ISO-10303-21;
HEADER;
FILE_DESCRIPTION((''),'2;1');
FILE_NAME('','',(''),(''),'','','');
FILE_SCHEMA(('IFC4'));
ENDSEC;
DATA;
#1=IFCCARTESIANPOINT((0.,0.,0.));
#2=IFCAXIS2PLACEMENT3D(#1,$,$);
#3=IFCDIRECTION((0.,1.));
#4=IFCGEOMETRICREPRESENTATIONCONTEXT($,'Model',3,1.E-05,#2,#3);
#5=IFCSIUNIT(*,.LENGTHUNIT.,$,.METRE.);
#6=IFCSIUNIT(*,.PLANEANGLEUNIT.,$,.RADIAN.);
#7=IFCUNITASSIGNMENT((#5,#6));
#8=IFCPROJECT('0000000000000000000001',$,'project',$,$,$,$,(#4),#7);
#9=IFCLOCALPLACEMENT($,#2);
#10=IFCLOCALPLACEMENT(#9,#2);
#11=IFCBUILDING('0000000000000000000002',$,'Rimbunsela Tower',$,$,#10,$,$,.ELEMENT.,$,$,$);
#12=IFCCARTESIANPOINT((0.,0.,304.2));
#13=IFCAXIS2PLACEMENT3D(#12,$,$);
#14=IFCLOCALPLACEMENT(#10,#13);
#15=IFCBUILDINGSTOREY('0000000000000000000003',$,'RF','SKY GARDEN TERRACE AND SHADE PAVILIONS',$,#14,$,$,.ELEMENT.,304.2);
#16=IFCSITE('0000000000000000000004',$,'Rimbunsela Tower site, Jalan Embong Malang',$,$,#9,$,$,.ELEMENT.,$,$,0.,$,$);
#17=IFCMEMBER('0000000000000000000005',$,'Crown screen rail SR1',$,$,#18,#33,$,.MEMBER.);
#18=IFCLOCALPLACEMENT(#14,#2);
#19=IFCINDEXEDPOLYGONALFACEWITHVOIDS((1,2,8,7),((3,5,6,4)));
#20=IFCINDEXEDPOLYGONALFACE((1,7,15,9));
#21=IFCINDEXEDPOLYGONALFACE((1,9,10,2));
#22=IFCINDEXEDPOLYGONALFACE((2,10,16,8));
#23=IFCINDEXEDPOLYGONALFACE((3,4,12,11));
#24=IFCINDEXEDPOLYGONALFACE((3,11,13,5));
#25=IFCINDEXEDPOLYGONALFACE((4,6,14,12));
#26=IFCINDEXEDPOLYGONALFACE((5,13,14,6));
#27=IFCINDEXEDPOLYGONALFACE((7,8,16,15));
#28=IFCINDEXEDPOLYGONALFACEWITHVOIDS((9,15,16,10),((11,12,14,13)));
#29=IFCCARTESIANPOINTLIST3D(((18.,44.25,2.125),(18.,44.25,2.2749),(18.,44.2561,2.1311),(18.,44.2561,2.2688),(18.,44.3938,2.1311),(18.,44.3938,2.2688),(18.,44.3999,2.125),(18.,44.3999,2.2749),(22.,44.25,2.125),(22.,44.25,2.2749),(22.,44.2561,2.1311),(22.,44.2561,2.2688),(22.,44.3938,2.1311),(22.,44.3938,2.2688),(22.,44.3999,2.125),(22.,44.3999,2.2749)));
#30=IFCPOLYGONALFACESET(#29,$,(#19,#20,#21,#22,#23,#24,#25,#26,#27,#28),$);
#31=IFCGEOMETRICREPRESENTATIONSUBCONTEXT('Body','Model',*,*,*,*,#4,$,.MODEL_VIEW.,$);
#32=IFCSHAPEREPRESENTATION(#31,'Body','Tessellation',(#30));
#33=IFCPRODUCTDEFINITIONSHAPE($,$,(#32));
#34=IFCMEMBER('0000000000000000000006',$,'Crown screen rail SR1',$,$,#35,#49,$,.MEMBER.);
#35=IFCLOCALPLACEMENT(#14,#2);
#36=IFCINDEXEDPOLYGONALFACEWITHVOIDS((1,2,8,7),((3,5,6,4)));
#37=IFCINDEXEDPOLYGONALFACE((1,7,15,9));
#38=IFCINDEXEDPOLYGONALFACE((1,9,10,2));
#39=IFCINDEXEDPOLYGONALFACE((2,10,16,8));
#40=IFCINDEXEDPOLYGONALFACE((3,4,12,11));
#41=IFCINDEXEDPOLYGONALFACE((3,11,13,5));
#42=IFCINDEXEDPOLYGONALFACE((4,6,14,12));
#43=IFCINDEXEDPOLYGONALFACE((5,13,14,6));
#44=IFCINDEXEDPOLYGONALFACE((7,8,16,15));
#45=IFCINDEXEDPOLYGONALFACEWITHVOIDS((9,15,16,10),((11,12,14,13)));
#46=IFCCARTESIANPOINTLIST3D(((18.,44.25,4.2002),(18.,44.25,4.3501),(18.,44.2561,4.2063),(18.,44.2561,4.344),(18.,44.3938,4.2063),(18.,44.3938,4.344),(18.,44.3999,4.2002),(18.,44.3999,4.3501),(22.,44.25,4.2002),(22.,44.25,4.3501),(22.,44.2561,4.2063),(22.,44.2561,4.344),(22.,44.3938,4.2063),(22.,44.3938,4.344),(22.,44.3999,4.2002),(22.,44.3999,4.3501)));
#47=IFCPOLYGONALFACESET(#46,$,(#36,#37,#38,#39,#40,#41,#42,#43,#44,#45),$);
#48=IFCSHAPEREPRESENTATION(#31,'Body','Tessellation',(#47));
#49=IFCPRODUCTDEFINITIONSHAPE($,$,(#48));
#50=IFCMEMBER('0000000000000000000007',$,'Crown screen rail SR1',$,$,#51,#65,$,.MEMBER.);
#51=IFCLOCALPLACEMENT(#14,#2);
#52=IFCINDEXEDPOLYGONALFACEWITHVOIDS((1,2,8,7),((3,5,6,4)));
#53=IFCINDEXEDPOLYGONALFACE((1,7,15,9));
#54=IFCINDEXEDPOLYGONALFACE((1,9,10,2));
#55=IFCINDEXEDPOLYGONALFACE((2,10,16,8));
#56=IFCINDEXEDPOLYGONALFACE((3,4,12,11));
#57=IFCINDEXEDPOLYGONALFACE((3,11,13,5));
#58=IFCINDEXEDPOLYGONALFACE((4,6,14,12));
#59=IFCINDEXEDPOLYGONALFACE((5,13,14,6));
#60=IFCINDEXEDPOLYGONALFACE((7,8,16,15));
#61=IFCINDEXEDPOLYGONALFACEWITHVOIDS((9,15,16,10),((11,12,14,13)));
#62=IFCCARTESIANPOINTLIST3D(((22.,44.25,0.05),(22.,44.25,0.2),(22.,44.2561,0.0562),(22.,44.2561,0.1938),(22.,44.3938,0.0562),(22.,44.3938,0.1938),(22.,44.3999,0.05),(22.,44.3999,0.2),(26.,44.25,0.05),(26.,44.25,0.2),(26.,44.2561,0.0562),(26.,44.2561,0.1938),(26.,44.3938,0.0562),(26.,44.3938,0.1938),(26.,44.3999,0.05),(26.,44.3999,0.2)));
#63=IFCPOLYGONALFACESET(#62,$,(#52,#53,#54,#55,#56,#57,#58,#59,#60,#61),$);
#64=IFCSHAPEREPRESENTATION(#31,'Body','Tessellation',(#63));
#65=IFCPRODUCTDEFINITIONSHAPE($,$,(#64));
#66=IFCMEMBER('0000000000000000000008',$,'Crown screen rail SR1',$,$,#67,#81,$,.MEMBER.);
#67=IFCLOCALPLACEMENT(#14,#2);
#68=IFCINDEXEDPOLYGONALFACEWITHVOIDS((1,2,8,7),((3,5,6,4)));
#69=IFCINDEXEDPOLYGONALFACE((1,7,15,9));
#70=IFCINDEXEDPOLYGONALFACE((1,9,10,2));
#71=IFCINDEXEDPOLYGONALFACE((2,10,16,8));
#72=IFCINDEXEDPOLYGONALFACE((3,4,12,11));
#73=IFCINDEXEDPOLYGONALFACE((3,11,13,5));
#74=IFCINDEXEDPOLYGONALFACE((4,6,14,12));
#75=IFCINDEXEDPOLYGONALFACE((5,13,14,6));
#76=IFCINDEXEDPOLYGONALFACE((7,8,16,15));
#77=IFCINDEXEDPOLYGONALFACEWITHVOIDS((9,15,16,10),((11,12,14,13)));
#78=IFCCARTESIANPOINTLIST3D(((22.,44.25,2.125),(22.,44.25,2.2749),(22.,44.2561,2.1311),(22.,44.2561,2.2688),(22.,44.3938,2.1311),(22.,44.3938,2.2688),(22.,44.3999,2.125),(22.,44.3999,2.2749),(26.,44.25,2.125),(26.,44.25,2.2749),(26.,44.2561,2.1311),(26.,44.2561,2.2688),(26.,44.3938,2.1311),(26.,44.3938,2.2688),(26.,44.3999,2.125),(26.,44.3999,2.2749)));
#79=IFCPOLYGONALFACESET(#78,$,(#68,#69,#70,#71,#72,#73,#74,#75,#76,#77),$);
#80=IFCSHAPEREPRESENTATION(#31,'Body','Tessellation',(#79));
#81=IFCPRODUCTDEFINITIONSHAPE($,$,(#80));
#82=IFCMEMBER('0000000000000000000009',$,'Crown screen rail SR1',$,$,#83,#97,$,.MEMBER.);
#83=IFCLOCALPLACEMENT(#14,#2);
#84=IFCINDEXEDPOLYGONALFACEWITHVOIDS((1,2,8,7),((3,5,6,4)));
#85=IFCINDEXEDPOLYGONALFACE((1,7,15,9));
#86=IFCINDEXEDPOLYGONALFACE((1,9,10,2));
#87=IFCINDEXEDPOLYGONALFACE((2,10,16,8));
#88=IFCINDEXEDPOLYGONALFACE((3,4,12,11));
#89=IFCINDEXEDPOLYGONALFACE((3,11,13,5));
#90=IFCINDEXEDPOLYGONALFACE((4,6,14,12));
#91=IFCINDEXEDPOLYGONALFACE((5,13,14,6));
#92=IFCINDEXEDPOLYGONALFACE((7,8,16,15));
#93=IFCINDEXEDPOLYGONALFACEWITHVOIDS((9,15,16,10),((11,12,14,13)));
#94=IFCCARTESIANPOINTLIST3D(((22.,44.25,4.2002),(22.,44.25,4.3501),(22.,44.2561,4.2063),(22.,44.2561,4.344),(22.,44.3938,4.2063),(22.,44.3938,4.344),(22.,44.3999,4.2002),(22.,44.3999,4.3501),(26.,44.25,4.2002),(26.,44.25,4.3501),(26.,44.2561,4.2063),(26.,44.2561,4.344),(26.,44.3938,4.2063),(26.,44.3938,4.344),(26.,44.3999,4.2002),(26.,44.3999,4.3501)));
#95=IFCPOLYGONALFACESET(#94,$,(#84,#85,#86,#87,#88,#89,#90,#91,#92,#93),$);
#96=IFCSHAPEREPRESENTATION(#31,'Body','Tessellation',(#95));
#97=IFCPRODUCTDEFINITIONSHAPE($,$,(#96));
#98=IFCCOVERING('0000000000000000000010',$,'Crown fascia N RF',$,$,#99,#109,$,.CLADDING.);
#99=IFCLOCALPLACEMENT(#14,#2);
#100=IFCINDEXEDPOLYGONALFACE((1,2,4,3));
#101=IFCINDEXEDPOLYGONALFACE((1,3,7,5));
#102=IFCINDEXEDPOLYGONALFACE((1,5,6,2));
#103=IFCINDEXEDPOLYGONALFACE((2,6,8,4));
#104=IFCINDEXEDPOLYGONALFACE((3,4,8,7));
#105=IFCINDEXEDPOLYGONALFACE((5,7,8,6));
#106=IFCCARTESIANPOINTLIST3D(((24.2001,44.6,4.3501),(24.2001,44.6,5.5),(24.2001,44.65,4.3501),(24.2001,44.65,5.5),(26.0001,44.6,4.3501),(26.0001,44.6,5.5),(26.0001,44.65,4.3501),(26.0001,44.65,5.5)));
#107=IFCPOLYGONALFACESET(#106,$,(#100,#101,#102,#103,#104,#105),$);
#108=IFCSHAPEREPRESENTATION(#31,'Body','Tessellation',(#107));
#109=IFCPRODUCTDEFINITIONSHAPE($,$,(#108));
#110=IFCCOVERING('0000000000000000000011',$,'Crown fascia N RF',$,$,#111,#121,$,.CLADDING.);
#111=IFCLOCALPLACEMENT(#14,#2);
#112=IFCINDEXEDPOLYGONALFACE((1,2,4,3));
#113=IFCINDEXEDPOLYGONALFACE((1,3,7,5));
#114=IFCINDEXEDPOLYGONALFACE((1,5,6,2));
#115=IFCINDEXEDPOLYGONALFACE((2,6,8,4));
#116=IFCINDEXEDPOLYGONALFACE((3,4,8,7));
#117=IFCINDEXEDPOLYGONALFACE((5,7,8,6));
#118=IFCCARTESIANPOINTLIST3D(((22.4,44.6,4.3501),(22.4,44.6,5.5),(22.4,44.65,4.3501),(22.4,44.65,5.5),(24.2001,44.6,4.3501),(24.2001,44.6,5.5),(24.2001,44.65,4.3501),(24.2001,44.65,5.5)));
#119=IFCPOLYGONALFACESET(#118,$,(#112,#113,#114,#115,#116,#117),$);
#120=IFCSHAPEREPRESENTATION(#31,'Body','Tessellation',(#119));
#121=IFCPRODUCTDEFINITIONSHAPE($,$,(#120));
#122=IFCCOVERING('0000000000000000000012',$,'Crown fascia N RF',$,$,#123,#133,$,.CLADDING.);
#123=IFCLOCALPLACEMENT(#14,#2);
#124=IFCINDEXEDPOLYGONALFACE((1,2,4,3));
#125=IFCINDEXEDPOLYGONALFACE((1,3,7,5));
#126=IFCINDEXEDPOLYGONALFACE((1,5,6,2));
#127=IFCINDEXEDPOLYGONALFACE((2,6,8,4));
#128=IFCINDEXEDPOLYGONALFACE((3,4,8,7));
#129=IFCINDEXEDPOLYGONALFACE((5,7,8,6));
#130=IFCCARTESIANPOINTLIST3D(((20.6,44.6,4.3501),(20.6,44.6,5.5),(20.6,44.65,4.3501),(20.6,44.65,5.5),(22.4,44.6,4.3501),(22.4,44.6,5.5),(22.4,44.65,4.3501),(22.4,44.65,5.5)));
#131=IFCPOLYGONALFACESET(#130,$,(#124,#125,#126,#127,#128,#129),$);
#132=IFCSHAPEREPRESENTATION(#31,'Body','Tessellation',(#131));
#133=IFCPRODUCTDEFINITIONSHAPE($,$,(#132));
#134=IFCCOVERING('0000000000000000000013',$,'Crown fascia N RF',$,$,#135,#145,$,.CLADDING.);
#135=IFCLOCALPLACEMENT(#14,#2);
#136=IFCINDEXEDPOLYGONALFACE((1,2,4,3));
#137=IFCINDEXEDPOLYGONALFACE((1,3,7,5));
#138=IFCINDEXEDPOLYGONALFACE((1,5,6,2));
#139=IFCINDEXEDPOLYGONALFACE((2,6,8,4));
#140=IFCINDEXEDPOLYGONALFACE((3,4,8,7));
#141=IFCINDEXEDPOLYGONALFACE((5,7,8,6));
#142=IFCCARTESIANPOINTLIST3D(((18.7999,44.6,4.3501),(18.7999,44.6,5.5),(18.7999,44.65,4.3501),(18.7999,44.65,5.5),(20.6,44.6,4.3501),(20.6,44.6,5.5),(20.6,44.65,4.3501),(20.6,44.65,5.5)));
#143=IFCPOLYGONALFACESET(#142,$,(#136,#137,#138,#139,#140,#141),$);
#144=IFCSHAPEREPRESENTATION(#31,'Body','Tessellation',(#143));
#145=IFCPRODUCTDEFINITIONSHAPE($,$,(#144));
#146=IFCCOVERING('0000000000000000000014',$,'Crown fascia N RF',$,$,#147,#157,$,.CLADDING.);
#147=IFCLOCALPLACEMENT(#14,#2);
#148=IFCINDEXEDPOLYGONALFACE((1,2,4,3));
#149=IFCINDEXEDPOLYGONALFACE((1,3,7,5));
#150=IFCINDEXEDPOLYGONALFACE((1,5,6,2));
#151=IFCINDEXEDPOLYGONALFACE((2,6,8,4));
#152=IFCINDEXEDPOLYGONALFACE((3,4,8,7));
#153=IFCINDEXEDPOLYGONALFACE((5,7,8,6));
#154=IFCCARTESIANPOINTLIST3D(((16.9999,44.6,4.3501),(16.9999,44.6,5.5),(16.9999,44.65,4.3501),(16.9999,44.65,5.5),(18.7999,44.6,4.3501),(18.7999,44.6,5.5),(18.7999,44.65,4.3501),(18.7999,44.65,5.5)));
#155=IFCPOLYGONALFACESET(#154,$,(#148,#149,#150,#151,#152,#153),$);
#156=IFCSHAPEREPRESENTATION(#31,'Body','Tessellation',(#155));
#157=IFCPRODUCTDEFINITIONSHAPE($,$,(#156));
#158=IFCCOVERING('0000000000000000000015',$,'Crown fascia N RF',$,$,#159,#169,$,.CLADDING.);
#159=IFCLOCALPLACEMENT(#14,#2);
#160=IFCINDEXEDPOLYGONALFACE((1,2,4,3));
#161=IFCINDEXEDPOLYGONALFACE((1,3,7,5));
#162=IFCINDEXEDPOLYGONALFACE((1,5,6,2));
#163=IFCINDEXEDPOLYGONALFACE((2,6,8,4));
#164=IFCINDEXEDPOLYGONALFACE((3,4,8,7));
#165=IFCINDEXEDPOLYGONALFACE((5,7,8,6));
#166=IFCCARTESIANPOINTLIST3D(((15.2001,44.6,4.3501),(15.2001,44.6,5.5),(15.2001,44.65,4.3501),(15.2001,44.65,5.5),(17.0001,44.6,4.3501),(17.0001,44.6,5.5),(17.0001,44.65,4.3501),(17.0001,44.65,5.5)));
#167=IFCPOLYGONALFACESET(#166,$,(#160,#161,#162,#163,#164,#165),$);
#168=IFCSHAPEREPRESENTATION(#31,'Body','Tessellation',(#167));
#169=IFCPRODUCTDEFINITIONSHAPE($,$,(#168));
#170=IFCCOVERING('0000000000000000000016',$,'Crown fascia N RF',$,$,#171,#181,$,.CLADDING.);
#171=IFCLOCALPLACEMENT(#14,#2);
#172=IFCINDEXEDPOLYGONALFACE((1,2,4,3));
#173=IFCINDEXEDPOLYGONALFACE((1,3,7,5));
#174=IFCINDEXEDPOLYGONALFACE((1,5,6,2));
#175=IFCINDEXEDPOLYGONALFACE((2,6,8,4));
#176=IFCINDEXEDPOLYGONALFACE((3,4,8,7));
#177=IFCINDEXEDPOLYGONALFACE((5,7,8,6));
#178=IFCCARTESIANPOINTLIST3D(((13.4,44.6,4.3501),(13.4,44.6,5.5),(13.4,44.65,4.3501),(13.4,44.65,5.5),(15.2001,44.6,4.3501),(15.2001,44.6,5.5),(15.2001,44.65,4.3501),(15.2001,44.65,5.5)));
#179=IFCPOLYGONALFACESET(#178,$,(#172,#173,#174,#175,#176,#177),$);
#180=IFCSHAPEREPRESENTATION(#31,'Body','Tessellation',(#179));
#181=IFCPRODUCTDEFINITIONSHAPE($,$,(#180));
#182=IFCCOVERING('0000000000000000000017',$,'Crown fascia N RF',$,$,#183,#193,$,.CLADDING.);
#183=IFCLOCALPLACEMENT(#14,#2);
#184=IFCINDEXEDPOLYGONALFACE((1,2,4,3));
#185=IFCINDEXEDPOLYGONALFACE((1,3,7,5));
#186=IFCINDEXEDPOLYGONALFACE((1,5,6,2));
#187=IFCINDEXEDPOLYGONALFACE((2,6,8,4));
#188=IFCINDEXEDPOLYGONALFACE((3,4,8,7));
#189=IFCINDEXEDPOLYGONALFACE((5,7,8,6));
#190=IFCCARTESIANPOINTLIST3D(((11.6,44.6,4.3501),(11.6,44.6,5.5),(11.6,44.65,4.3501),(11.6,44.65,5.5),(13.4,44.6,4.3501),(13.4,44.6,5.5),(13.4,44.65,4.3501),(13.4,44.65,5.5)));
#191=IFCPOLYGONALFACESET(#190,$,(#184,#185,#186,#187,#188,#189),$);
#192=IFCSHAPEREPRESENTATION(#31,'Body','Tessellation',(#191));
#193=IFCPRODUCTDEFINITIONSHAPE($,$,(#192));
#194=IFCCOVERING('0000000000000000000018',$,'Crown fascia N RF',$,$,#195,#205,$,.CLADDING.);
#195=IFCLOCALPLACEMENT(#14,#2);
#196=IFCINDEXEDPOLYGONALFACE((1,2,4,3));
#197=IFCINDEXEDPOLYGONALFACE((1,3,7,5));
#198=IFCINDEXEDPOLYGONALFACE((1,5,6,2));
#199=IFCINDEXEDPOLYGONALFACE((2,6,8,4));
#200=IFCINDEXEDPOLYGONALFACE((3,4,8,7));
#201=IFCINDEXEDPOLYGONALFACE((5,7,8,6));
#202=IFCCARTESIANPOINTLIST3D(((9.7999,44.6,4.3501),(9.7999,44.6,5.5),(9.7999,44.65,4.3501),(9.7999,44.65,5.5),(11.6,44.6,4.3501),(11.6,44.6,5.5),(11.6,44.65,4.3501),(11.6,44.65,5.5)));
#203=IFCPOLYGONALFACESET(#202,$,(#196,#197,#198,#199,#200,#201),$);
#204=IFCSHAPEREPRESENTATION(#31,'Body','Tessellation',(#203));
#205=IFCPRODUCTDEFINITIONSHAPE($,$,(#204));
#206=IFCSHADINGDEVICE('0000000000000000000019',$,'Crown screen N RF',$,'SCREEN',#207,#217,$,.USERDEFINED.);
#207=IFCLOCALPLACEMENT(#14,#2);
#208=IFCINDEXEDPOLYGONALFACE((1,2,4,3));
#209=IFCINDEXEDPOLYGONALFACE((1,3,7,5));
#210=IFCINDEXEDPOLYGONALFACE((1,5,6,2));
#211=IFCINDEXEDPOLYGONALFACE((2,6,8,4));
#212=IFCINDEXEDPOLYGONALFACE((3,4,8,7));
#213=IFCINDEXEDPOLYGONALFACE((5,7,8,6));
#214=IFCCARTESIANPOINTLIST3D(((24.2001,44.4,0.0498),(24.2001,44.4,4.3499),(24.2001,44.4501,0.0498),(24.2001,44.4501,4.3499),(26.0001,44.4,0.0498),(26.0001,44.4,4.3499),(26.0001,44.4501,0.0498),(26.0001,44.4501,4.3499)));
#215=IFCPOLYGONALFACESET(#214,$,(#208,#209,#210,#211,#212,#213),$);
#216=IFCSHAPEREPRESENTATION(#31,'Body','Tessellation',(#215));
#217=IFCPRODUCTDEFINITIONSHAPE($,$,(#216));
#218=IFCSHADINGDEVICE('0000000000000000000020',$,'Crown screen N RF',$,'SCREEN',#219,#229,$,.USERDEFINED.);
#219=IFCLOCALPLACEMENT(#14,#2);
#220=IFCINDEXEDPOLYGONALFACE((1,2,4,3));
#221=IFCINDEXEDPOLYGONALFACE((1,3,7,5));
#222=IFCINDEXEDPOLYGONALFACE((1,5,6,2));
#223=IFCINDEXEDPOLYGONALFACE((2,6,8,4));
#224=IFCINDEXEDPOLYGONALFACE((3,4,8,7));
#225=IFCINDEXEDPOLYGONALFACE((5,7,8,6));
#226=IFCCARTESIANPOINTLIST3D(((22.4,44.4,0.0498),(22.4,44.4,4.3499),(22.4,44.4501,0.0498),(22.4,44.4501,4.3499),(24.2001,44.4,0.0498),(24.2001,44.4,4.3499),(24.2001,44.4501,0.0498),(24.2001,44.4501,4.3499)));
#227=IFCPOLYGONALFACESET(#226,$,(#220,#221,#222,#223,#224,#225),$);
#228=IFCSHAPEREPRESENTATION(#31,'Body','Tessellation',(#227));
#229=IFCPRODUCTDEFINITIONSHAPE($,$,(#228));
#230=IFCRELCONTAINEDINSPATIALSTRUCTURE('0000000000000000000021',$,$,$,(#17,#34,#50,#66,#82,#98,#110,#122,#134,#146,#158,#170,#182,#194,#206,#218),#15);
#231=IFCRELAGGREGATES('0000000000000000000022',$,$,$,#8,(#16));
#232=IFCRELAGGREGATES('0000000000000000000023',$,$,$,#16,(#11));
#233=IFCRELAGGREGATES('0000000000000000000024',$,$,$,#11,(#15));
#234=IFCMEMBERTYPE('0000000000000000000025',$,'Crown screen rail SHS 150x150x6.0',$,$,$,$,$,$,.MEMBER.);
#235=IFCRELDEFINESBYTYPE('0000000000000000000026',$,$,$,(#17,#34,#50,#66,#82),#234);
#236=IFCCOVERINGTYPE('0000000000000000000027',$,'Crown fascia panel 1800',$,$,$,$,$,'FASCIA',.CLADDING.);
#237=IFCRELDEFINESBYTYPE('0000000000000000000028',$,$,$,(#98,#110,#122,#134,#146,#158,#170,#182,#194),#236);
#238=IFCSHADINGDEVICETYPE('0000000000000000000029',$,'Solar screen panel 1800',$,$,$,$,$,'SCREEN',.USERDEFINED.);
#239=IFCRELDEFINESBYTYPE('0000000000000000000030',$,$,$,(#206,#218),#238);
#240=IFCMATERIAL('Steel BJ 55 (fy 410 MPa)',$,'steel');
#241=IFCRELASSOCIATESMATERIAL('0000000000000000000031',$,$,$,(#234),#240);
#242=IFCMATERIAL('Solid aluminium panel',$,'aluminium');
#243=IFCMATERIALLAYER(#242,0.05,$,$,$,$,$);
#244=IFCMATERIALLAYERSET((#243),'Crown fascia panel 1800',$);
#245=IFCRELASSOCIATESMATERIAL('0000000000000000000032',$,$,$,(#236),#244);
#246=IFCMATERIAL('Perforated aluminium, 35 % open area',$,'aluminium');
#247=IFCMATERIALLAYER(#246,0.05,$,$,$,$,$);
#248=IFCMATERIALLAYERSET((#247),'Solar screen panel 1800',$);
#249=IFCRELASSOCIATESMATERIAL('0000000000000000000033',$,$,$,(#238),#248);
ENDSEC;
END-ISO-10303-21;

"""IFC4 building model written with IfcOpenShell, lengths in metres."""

from ifc_helpers import new_model, si_unit, direction, frame, origin, origin_2d, place, context, subcontext, project, spatial, rectangle, hollow_rectangle, extrude, material, layer, layer_set, material_profile, profile_set, type_object, element, save


model = new_model("IFC4")

# Units and contexts
model_context = context("Model", 3, precision=1e-05, world=origin(), true_north=direction((0.0, 1.0)))
body_context = subcontext(model_context, "Body", "Model", "MODEL_VIEW")
ifc_project = project(units=[si_unit("LENGTHUNIT", "METRE"), si_unit("PLANEANGLEUNIT", "RADIAN")], contexts=[model_context])

# Site, building, storey
site_placement = place(None, origin())
site = spatial("IfcSite", under=ifc_project, at=site_placement, Name="Rimbunsela Tower site, Jalan Embong Malang", CompositionType="ELEMENT", RefElevation=0.0)
building_placement = place(site_placement, origin())
building = spatial("IfcBuilding", under=site, at=building_placement, Name="Rimbunsela Tower", CompositionType="ELEMENT")
storey_placement = place(building_placement, frame((0.0, 0.0, 304.2)))
storey = spatial("IfcBuildingStorey", under=building, at=storey_placement, Name="RF", Description="SKY GARDEN TERRACE AND SHADE PAVILIONS", CompositionType="ELEMENT", Elevation=304.2)

# Members
ifc_material_1 = material(Name="Steel BJ 55 (fy 410 MPa)", Category="steel")
ifc_material_profile_1 = material_profile(ifc_material_1, hollow_rectangle(XDim=0.1499, YDim=0.1499, WallThickness=0.0061, at=origin_2d()), Name="SHS 150x150x6.0")
ifc_profile_set_1 = profile_set([ifc_material_profile_1], Name="Steel BJ 55 (fy 410 MPa)")
member_type = type_object("IfcMemberType", Name="Crown screen rail SHS 150x150x6.0", PredefinedType="MEMBER", material=ifc_profile_set_1)
for number, where, z_axis, x_axis, name in (
    (1, (18.0, 44.325, 2.2), (1.0, 0.0, 0.0), (0.0, 1.0, 0.0), "Crown screen rail SR1"),
    (2, (18.0, 44.325, 4.2751), (1.0, 0.0, 0.0), (0.0, 1.0, 0.0), "Crown screen rail SR1"),
    (3, (22.0, 44.325, 0.125), (1.0, 0.0, 0.0), (0.0, 1.0, 0.0), "Crown screen rail SR1"),
    (4, (22.0, 44.325, 2.2), (1.0, 0.0, 0.0), (0.0, 1.0, 0.0), "Crown screen rail SR1"),
    (5, (22.0, 44.325, 4.2751), (1.0, 0.0, 0.0), (0.0, 1.0, 0.0), "Crown screen rail SR1"),
):
    element("IfcMember", number, at=place(storey_placement, frame(where, z_axis=z_axis, x_axis=x_axis)), inside=storey, type_object=member_type, Name=name, PredefinedType="MEMBER", context=body_context, shape_type="SweptSolid", body=[
        extrude(hollow_rectangle(XDim=0.1499, YDim=0.1499, WallThickness=0.0061, at=origin_2d()), origin(), (0.0, 0.0, 1.0), 4.0),
    ])

# Coverings
ifc_material_2 = material(Name="Solid aluminium panel", Category="aluminium")
ifc_layer_1 = layer(ifc_material_2, 0.05)
ifc_layer_set_1 = layer_set([ifc_layer_1], Name="Crown fascia panel 1800")
covering_type = type_object("IfcCoveringType", Name="Crown fascia panel 1800", ElementType="FASCIA", PredefinedType="CLADDING", material=ifc_layer_set_1)
for number, where, z_axis, x_axis, name in (
    (6, (25.1001, 44.625, 4.3501), (0.0, 0.0, 1.0), (1.0, 0.0, 0.0), "Crown fascia N RF"),
    (7, (23.3, 44.625, 4.3501), (0.0, 0.0, 1.0), (1.0, 0.0, 0.0), "Crown fascia N RF"),
    (8, (21.5, 44.625, 4.3501), (0.0, 0.0, 1.0), (1.0, 0.0, 0.0), "Crown fascia N RF"),
    (9, (19.7, 44.625, 4.3501), (0.0, 0.0, 1.0), (1.0, 0.0, 0.0), "Crown fascia N RF"),
    (10, (17.8999, 44.625, 4.3501), (0.0, 0.0, 1.0), (1.0, 0.0, 0.0), "Crown fascia N RF"),
    (11, (16.1001, 44.625, 4.3501), (0.0, 0.0, 1.0), (1.0, 0.0, 0.0), "Crown fascia N RF"),
    (12, (14.3, 44.625, 4.3501), (0.0, 0.0, 1.0), (1.0, 0.0, 0.0), "Crown fascia N RF"),
    (13, (12.5, 44.625, 4.3501), (0.0, 0.0, 1.0), (1.0, 0.0, 0.0), "Crown fascia N RF"),
    (14, (10.7, 44.625, 4.3501), (0.0, 0.0, 1.0), (1.0, 0.0, 0.0), "Crown fascia N RF"),
):
    element("IfcCovering", number, at=place(storey_placement, frame(where, z_axis=z_axis, x_axis=x_axis)), inside=storey, type_object=covering_type, Name=name, PredefinedType="CLADDING", context=body_context, shape_type="SweptSolid", body=[
        extrude(rectangle(XDim=1.8, YDim=0.05, at=origin_2d()), origin(), (0.0, 0.0, 1.0), 1.1499),
    ])

# Shading devices
ifc_material_3 = material(Name="Perforated aluminium, 35 % open area", Category="aluminium")
ifc_layer_2 = layer(ifc_material_3, 0.05)
ifc_layer_set_2 = layer_set([ifc_layer_2], Name="Solar screen panel 1800")
shading_device_type = type_object("IfcShadingDeviceType", Name="Solar screen panel 1800", ElementType="SCREEN", PredefinedType="USERDEFINED", material=ifc_layer_set_2)
for number, where, z_axis, x_axis, name in (
    (15, (25.1001, 44.425, 0.0498), (0.0, 0.0, 1.0), (1.0, 0.0, 0.0), "Crown screen N RF"),
    (16, (23.3, 44.425, 0.0498), (0.0, 0.0, 1.0), (1.0, 0.0, 0.0), "Crown screen N RF"),
):
    element("IfcShadingDevice", number, at=place(storey_placement, frame(where, z_axis=z_axis, x_axis=x_axis)), inside=storey, type_object=shading_device_type, Name=name, ObjectType="SCREEN", PredefinedType="USERDEFINED", context=body_context, shape_type="SweptSolid", body=[
        extrude(rectangle(XDim=1.8, YDim=0.05, at=origin_2d()), origin(), (0.0, 0.0, 1.0), 4.3),
    ])

save(model, "model.ifc")
